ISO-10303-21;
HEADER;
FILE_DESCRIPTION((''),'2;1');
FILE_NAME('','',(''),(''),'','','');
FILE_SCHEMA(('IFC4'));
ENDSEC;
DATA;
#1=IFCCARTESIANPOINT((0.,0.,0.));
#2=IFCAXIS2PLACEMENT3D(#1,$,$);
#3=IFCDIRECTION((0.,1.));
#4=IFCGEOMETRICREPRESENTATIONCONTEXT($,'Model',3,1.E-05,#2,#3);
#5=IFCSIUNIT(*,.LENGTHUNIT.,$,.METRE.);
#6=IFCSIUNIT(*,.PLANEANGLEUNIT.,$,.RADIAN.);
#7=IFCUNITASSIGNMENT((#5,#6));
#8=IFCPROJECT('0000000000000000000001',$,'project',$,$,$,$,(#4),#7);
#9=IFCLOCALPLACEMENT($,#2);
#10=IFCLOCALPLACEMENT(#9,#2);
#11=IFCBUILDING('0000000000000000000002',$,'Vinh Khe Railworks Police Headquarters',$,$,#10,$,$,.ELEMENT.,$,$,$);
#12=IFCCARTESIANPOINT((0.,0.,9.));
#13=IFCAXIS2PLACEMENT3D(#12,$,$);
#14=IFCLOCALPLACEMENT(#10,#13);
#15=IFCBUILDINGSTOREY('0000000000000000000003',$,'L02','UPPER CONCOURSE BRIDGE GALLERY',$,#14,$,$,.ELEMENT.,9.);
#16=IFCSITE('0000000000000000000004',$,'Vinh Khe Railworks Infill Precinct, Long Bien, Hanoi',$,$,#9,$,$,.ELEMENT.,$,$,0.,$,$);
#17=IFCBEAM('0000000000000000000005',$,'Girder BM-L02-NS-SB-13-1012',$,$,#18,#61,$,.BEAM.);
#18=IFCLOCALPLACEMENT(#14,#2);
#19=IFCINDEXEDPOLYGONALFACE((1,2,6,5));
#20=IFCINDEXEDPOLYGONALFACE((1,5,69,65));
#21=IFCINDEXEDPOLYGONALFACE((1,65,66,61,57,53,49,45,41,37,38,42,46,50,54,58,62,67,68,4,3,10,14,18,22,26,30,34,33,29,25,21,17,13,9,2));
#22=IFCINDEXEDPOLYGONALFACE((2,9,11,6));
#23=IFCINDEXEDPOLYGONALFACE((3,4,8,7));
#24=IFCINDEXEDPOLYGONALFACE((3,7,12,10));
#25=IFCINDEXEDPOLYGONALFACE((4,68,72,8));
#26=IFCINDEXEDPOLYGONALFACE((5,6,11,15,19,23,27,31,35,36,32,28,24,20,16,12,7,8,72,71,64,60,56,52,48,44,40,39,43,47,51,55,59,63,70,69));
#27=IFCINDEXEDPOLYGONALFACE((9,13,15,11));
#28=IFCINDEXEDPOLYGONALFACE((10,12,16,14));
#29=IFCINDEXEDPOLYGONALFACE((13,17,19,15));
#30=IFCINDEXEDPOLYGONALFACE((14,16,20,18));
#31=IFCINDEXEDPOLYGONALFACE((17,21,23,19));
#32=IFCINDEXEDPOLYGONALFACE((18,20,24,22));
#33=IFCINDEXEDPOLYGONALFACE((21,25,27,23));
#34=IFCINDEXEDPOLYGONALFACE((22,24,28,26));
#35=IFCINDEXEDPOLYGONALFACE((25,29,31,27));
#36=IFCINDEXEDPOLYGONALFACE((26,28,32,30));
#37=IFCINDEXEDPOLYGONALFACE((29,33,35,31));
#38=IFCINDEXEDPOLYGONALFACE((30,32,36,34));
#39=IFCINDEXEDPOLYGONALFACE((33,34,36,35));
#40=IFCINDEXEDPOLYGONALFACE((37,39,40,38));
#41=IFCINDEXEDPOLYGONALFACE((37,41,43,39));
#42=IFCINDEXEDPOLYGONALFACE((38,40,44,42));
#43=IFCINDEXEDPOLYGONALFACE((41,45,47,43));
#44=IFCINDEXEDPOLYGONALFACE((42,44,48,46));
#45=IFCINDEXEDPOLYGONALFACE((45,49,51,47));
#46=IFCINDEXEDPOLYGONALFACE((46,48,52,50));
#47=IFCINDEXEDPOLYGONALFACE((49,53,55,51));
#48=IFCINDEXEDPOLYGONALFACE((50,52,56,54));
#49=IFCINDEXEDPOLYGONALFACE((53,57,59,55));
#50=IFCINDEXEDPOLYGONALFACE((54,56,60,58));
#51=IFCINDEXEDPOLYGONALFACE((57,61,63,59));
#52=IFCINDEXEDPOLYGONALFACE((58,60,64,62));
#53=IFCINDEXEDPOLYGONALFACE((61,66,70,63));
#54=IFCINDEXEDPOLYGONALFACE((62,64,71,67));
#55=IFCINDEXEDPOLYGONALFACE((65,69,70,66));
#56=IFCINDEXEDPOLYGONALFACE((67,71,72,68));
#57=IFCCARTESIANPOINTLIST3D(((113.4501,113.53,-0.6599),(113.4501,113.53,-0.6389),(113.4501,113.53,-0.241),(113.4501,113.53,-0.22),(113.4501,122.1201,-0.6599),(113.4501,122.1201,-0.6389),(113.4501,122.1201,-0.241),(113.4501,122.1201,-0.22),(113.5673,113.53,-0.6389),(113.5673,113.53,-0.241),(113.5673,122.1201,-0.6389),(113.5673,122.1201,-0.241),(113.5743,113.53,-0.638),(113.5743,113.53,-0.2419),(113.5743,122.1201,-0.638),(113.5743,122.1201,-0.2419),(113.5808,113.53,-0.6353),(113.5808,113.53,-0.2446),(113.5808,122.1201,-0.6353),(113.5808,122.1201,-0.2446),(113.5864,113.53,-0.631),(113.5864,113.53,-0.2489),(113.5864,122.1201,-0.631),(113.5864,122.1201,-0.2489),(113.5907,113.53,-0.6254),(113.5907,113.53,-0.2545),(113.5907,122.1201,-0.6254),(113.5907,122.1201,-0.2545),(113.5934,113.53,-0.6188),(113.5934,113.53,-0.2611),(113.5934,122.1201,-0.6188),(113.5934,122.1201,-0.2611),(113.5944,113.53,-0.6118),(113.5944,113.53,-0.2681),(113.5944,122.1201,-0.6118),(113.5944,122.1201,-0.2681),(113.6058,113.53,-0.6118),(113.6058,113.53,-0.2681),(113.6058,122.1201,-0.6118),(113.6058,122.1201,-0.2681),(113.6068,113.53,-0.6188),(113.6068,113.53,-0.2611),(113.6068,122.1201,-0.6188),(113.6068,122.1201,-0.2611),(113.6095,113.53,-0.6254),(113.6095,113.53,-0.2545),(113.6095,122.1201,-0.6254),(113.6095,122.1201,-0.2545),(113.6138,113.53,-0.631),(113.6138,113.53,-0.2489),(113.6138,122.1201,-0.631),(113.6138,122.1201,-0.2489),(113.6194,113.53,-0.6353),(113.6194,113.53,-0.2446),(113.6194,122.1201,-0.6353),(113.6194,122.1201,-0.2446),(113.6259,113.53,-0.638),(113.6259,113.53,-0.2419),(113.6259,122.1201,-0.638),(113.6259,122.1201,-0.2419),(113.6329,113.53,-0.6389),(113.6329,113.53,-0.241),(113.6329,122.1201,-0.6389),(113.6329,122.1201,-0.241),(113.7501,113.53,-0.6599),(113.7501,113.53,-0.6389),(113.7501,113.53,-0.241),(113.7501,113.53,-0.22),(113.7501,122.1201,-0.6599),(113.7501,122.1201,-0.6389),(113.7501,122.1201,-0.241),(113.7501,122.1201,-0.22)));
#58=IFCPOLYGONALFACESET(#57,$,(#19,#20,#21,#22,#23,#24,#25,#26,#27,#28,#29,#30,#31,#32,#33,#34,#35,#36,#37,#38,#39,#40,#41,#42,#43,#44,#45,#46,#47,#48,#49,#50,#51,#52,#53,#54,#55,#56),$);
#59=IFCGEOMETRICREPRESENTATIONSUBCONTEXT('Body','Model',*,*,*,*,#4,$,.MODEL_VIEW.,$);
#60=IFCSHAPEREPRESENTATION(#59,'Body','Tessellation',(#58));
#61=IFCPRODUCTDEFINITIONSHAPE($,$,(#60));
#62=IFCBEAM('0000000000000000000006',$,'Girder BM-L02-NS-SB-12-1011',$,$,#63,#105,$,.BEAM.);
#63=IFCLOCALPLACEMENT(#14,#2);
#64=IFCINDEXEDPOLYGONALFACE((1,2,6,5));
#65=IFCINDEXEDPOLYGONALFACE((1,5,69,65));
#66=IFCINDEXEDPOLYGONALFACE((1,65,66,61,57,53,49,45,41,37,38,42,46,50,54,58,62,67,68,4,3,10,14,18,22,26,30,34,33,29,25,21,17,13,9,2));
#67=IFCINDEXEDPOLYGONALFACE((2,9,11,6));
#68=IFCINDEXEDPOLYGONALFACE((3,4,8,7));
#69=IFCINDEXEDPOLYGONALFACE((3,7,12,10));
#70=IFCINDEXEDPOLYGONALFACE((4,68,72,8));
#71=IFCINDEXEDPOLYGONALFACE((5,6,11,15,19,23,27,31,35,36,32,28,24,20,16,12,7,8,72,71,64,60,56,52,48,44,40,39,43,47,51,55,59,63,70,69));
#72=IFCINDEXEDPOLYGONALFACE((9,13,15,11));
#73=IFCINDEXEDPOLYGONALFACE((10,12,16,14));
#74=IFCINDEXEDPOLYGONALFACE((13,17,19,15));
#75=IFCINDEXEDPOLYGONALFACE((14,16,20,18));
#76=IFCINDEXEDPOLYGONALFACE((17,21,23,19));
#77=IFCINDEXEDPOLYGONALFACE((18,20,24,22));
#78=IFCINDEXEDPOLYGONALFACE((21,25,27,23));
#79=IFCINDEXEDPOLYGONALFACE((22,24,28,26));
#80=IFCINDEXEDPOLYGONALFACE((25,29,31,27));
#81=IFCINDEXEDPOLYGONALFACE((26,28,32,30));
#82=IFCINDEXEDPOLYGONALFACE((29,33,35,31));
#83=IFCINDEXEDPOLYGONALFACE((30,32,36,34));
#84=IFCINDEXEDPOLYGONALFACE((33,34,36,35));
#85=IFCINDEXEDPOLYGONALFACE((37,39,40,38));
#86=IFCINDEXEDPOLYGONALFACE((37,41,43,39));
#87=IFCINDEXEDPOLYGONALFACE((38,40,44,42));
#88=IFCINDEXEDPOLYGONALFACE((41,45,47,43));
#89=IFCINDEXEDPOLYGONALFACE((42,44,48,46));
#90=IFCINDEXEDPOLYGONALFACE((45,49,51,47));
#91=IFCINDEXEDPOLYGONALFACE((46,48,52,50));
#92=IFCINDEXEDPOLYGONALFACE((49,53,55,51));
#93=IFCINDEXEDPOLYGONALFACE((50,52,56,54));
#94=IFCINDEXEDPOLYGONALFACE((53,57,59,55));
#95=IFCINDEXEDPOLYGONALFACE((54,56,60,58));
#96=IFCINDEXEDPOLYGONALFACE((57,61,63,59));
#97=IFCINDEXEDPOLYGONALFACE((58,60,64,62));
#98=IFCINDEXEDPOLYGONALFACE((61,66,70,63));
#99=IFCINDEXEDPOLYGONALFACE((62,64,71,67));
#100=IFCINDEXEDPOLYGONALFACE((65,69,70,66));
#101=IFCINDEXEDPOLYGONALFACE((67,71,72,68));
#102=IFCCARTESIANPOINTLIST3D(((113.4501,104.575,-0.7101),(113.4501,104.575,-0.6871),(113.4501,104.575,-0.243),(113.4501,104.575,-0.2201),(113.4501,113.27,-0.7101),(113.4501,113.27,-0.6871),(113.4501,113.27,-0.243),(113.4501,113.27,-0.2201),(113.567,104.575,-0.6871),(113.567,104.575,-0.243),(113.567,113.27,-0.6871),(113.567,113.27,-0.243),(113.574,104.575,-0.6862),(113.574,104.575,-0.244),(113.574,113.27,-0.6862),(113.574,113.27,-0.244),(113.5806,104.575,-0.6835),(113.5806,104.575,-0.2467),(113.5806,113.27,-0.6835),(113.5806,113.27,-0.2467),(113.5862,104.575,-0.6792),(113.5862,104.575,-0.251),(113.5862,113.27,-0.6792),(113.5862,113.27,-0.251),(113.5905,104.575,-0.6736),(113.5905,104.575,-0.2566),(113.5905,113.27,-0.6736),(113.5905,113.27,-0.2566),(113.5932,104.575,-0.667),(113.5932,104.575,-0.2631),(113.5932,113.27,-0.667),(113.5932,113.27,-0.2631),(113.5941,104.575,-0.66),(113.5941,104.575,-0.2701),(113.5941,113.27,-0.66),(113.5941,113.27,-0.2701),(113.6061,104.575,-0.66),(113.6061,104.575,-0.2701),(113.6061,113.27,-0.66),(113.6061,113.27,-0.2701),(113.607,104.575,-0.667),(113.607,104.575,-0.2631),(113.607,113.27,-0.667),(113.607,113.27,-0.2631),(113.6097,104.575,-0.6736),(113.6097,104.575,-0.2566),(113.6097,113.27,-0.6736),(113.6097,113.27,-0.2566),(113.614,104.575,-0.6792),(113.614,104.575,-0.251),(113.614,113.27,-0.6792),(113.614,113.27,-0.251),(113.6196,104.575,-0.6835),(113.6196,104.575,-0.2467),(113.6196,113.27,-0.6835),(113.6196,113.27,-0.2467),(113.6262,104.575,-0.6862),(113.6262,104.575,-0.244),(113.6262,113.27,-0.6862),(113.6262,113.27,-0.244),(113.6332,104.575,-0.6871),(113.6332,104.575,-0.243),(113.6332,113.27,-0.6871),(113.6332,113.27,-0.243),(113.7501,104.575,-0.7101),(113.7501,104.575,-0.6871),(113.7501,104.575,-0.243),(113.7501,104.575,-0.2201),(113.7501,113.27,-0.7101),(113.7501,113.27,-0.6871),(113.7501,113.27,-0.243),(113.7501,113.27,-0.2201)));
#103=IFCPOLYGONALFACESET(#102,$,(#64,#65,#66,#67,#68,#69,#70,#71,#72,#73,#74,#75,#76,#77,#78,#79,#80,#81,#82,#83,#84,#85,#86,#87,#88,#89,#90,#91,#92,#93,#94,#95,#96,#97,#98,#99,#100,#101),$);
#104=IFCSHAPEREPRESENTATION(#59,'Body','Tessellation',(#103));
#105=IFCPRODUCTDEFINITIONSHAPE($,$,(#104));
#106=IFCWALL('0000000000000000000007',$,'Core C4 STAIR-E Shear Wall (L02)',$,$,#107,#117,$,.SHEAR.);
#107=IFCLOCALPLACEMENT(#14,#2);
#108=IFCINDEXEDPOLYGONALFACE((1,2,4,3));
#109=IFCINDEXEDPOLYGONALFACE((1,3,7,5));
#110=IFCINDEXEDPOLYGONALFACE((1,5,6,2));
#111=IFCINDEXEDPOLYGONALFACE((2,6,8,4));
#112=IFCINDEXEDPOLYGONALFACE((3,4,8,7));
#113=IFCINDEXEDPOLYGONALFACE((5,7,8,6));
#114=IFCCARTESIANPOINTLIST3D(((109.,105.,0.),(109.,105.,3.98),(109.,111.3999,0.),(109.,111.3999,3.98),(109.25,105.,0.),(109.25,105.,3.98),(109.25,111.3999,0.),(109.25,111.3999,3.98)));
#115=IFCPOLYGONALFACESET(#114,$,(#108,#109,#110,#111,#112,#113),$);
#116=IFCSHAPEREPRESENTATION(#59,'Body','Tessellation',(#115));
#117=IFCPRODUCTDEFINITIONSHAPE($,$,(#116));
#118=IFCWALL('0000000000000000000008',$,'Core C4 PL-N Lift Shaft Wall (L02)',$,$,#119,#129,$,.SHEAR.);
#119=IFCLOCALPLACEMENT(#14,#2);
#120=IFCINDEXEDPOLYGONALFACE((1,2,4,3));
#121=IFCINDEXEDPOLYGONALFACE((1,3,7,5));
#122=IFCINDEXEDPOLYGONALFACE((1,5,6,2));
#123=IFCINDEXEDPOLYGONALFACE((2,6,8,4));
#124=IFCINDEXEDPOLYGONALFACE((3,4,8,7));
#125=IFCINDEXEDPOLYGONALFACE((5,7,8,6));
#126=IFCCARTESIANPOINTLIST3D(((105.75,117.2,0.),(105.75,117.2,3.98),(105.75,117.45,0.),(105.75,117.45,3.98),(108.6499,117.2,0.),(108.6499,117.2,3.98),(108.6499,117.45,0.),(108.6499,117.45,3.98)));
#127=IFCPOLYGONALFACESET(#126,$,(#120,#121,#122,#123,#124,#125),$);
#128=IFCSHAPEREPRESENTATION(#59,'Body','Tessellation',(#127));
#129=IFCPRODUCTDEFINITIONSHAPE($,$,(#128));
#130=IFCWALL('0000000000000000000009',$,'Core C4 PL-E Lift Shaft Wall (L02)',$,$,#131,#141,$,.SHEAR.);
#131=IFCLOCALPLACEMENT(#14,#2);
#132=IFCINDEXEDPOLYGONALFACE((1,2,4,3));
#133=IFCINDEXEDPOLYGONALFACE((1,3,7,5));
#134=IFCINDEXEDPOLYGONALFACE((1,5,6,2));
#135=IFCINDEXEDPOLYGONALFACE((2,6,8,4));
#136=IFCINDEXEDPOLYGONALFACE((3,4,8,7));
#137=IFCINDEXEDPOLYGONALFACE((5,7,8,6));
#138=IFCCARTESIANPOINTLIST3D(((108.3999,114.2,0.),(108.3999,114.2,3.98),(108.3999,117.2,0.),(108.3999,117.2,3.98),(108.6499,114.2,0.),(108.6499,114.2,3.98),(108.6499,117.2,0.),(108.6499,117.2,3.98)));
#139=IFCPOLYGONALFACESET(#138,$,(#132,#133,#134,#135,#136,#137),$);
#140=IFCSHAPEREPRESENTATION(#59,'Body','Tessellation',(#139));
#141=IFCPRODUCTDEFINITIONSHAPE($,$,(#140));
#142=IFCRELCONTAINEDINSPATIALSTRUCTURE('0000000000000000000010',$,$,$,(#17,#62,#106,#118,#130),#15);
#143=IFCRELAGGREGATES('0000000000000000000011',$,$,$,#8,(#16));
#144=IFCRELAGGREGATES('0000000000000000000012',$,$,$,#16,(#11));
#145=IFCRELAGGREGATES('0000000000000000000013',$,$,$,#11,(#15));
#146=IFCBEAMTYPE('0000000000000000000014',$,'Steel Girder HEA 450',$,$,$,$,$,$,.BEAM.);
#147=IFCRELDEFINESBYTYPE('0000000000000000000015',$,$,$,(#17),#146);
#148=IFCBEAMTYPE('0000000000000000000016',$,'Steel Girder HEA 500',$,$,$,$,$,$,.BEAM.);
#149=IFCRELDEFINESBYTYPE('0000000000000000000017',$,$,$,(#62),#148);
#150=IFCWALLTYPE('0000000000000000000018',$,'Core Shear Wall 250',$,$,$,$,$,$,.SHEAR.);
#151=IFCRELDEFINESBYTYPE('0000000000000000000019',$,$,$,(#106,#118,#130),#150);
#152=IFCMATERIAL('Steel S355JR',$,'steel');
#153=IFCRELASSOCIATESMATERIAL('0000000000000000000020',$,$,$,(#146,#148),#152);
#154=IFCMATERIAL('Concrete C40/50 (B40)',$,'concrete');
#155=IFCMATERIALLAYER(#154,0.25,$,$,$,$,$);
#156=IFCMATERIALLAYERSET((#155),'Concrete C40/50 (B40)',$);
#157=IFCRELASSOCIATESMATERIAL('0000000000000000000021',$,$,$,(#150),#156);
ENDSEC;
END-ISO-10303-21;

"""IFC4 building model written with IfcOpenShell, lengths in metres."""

from ifc_helpers import new_model, si_unit, direction, frame, frame_2d, origin, origin_2d, place, context, subcontext, project, spatial, rectangle, i_section, extrude, material, layer, layer_set, material_profile, profile_set, type_object, element, save


model = new_model("IFC4")

# Units and contexts
model_context = context("Model", 3, precision=1e-05, world=origin(), true_north=direction((0.0, 1.0)))
body_context = subcontext(model_context, "Body", "Model", "MODEL_VIEW")
ifc_project = project(units=[si_unit("LENGTHUNIT", "METRE"), si_unit("PLANEANGLEUNIT", "RADIAN")], contexts=[model_context])

# Site, building, storey
site_placement = place(None, origin())
site = spatial("IfcSite", under=ifc_project, at=site_placement, Name="Vinh Khe Railworks Infill Precinct, Long Bien, Hanoi", CompositionType="ELEMENT", RefElevation=0.0)
building_placement = place(site_placement, origin())
building = spatial("IfcBuilding", under=site, at=building_placement, Name="Vinh Khe Railworks Police Headquarters", CompositionType="ELEMENT")
storey_placement = place(building_placement, frame((0.0, 0.0, 9.0)))
storey = spatial("IfcBuildingStorey", under=building, at=storey_placement, Name="L02", Description="UPPER CONCOURSE BRIDGE GALLERY", CompositionType="ELEMENT", Elevation=9.0)

# Shared definitions
ifc_material_1 = material(Name="Steel S355JR", Category="steel")

# Beams
ifc_material_profile_1 = material_profile(ifc_material_1, i_section(OverallWidth=0.3, OverallDepth=0.4399, WebThickness=0.0115, FlangeThickness=0.021, FilletRadius=0.0271, at=origin_2d()), Name="HEA 450")
ifc_profile_set_1 = profile_set([ifc_material_profile_1], Name="Steel S355JR")
beam_type_1 = type_object("IfcBeamType", Name="Steel Girder HEA 450", PredefinedType="BEAM", material=ifc_profile_set_1)
beam_1_placement = place(storey_placement, frame((113.6001, 113.53, -0.4399), z_axis=(0.0, 1.0, 0.0), x_axis=(-1.0, 0.0, 0.0)))
element("IfcBeam", 1, at=beam_1_placement, inside=storey, type_object=beam_type_1, Name="Girder BM-L02-NS-SB-13-1012", PredefinedType="BEAM", context=body_context, shape_type="SweptSolid", body=[
    extrude(i_section(OverallWidth=0.3, OverallDepth=0.4399, WebThickness=0.0115, FlangeThickness=0.021, FilletRadius=0.0271, at=origin_2d()), origin(), (0.0, 0.0, 1.0), 8.5901),
])
ifc_material_profile_2 = material_profile(ifc_material_1, i_section(OverallWidth=0.3, OverallDepth=0.49, WebThickness=0.012, FlangeThickness=0.0229, FilletRadius=0.0271, at=origin_2d()), Name="HEA 500")
ifc_profile_set_2 = profile_set([ifc_material_profile_2], Name="Steel S355JR")
beam_type_2 = type_object("IfcBeamType", Name="Steel Girder HEA 500", PredefinedType="BEAM", material=ifc_profile_set_2)
beam_2_placement = place(storey_placement, frame((113.6001, 104.575, -0.4651), z_axis=(0.0, 1.0, 0.0), x_axis=(-1.0, 0.0, 0.0)))
element("IfcBeam", 2, at=beam_2_placement, inside=storey, type_object=beam_type_2, Name="Girder BM-L02-NS-SB-12-1011", PredefinedType="BEAM", context=body_context, shape_type="SweptSolid", body=[
    extrude(i_section(OverallWidth=0.3, OverallDepth=0.49, WebThickness=0.012, FlangeThickness=0.0229, FilletRadius=0.0271, at=origin_2d()), origin(), (0.0, 0.0, 1.0), 8.6951),
])

# Shared definitions
ifc_material_2 = material(Name="Concrete C40/50 (B40)", Category="concrete")
ifc_layer_1 = layer(ifc_material_2, 0.25)
ifc_layer_set_1 = layer_set([ifc_layer_1], Name="Concrete C40/50 (B40)")
wall_type_1 = type_object("IfcWallType", Name="Core Shear Wall 250", PredefinedType="SHEAR", material=ifc_layer_set_1)

# Walls
wall_1_placement = place(storey_placement, frame((109.125, 105.0, 0.0), z_axis=(0.0, 0.0, 1.0), x_axis=(0.0, 1.0, 0.0)))
element("IfcWall", 3, at=wall_1_placement, inside=storey, type_object=wall_type_1, Name="Core C4 STAIR-E Shear Wall (L02)", PredefinedType="SHEAR", context=body_context, shape_type="SweptSolid", body=[
    extrude(rectangle(XDim=6.3999, YDim=0.25, at=frame_2d((3.2, 0.0))), origin(), (0.0, 0.0, 1.0), 3.98),
])
wall_2_placement = place(storey_placement, frame((105.75, 117.325, 0.0), z_axis=(0.0, 0.0, 1.0), x_axis=(1.0, 0.0, 0.0)))
element("IfcWall", 4, at=wall_2_placement, inside=storey, type_object=wall_type_1, Name="Core C4 PL-N Lift Shaft Wall (L02)", PredefinedType="SHEAR", context=body_context, shape_type="SweptSolid", body=[
    extrude(rectangle(XDim=2.8999, YDim=0.25, at=frame_2d((1.45, 0.0))), origin(), (0.0, 0.0, 1.0), 3.98),
])

# Wall
wall_3_placement = place(storey_placement, frame((108.5249, 114.2, 0.0), z_axis=(0.0, 0.0, 1.0), x_axis=(0.0, 1.0, 0.0)))
element("IfcWall", 5, at=wall_3_placement, inside=storey, type_object=wall_type_1, Name="Core C4 PL-E Lift Shaft Wall (L02)", PredefinedType="SHEAR", context=body_context, shape_type="SweptSolid", body=[
    extrude(rectangle(XDim=3.0, YDim=0.25, at=frame_2d((1.5, 0.0))), origin(), (0.0, 0.0, 1.0), 3.98),
])

save(model, "model.ifc")
